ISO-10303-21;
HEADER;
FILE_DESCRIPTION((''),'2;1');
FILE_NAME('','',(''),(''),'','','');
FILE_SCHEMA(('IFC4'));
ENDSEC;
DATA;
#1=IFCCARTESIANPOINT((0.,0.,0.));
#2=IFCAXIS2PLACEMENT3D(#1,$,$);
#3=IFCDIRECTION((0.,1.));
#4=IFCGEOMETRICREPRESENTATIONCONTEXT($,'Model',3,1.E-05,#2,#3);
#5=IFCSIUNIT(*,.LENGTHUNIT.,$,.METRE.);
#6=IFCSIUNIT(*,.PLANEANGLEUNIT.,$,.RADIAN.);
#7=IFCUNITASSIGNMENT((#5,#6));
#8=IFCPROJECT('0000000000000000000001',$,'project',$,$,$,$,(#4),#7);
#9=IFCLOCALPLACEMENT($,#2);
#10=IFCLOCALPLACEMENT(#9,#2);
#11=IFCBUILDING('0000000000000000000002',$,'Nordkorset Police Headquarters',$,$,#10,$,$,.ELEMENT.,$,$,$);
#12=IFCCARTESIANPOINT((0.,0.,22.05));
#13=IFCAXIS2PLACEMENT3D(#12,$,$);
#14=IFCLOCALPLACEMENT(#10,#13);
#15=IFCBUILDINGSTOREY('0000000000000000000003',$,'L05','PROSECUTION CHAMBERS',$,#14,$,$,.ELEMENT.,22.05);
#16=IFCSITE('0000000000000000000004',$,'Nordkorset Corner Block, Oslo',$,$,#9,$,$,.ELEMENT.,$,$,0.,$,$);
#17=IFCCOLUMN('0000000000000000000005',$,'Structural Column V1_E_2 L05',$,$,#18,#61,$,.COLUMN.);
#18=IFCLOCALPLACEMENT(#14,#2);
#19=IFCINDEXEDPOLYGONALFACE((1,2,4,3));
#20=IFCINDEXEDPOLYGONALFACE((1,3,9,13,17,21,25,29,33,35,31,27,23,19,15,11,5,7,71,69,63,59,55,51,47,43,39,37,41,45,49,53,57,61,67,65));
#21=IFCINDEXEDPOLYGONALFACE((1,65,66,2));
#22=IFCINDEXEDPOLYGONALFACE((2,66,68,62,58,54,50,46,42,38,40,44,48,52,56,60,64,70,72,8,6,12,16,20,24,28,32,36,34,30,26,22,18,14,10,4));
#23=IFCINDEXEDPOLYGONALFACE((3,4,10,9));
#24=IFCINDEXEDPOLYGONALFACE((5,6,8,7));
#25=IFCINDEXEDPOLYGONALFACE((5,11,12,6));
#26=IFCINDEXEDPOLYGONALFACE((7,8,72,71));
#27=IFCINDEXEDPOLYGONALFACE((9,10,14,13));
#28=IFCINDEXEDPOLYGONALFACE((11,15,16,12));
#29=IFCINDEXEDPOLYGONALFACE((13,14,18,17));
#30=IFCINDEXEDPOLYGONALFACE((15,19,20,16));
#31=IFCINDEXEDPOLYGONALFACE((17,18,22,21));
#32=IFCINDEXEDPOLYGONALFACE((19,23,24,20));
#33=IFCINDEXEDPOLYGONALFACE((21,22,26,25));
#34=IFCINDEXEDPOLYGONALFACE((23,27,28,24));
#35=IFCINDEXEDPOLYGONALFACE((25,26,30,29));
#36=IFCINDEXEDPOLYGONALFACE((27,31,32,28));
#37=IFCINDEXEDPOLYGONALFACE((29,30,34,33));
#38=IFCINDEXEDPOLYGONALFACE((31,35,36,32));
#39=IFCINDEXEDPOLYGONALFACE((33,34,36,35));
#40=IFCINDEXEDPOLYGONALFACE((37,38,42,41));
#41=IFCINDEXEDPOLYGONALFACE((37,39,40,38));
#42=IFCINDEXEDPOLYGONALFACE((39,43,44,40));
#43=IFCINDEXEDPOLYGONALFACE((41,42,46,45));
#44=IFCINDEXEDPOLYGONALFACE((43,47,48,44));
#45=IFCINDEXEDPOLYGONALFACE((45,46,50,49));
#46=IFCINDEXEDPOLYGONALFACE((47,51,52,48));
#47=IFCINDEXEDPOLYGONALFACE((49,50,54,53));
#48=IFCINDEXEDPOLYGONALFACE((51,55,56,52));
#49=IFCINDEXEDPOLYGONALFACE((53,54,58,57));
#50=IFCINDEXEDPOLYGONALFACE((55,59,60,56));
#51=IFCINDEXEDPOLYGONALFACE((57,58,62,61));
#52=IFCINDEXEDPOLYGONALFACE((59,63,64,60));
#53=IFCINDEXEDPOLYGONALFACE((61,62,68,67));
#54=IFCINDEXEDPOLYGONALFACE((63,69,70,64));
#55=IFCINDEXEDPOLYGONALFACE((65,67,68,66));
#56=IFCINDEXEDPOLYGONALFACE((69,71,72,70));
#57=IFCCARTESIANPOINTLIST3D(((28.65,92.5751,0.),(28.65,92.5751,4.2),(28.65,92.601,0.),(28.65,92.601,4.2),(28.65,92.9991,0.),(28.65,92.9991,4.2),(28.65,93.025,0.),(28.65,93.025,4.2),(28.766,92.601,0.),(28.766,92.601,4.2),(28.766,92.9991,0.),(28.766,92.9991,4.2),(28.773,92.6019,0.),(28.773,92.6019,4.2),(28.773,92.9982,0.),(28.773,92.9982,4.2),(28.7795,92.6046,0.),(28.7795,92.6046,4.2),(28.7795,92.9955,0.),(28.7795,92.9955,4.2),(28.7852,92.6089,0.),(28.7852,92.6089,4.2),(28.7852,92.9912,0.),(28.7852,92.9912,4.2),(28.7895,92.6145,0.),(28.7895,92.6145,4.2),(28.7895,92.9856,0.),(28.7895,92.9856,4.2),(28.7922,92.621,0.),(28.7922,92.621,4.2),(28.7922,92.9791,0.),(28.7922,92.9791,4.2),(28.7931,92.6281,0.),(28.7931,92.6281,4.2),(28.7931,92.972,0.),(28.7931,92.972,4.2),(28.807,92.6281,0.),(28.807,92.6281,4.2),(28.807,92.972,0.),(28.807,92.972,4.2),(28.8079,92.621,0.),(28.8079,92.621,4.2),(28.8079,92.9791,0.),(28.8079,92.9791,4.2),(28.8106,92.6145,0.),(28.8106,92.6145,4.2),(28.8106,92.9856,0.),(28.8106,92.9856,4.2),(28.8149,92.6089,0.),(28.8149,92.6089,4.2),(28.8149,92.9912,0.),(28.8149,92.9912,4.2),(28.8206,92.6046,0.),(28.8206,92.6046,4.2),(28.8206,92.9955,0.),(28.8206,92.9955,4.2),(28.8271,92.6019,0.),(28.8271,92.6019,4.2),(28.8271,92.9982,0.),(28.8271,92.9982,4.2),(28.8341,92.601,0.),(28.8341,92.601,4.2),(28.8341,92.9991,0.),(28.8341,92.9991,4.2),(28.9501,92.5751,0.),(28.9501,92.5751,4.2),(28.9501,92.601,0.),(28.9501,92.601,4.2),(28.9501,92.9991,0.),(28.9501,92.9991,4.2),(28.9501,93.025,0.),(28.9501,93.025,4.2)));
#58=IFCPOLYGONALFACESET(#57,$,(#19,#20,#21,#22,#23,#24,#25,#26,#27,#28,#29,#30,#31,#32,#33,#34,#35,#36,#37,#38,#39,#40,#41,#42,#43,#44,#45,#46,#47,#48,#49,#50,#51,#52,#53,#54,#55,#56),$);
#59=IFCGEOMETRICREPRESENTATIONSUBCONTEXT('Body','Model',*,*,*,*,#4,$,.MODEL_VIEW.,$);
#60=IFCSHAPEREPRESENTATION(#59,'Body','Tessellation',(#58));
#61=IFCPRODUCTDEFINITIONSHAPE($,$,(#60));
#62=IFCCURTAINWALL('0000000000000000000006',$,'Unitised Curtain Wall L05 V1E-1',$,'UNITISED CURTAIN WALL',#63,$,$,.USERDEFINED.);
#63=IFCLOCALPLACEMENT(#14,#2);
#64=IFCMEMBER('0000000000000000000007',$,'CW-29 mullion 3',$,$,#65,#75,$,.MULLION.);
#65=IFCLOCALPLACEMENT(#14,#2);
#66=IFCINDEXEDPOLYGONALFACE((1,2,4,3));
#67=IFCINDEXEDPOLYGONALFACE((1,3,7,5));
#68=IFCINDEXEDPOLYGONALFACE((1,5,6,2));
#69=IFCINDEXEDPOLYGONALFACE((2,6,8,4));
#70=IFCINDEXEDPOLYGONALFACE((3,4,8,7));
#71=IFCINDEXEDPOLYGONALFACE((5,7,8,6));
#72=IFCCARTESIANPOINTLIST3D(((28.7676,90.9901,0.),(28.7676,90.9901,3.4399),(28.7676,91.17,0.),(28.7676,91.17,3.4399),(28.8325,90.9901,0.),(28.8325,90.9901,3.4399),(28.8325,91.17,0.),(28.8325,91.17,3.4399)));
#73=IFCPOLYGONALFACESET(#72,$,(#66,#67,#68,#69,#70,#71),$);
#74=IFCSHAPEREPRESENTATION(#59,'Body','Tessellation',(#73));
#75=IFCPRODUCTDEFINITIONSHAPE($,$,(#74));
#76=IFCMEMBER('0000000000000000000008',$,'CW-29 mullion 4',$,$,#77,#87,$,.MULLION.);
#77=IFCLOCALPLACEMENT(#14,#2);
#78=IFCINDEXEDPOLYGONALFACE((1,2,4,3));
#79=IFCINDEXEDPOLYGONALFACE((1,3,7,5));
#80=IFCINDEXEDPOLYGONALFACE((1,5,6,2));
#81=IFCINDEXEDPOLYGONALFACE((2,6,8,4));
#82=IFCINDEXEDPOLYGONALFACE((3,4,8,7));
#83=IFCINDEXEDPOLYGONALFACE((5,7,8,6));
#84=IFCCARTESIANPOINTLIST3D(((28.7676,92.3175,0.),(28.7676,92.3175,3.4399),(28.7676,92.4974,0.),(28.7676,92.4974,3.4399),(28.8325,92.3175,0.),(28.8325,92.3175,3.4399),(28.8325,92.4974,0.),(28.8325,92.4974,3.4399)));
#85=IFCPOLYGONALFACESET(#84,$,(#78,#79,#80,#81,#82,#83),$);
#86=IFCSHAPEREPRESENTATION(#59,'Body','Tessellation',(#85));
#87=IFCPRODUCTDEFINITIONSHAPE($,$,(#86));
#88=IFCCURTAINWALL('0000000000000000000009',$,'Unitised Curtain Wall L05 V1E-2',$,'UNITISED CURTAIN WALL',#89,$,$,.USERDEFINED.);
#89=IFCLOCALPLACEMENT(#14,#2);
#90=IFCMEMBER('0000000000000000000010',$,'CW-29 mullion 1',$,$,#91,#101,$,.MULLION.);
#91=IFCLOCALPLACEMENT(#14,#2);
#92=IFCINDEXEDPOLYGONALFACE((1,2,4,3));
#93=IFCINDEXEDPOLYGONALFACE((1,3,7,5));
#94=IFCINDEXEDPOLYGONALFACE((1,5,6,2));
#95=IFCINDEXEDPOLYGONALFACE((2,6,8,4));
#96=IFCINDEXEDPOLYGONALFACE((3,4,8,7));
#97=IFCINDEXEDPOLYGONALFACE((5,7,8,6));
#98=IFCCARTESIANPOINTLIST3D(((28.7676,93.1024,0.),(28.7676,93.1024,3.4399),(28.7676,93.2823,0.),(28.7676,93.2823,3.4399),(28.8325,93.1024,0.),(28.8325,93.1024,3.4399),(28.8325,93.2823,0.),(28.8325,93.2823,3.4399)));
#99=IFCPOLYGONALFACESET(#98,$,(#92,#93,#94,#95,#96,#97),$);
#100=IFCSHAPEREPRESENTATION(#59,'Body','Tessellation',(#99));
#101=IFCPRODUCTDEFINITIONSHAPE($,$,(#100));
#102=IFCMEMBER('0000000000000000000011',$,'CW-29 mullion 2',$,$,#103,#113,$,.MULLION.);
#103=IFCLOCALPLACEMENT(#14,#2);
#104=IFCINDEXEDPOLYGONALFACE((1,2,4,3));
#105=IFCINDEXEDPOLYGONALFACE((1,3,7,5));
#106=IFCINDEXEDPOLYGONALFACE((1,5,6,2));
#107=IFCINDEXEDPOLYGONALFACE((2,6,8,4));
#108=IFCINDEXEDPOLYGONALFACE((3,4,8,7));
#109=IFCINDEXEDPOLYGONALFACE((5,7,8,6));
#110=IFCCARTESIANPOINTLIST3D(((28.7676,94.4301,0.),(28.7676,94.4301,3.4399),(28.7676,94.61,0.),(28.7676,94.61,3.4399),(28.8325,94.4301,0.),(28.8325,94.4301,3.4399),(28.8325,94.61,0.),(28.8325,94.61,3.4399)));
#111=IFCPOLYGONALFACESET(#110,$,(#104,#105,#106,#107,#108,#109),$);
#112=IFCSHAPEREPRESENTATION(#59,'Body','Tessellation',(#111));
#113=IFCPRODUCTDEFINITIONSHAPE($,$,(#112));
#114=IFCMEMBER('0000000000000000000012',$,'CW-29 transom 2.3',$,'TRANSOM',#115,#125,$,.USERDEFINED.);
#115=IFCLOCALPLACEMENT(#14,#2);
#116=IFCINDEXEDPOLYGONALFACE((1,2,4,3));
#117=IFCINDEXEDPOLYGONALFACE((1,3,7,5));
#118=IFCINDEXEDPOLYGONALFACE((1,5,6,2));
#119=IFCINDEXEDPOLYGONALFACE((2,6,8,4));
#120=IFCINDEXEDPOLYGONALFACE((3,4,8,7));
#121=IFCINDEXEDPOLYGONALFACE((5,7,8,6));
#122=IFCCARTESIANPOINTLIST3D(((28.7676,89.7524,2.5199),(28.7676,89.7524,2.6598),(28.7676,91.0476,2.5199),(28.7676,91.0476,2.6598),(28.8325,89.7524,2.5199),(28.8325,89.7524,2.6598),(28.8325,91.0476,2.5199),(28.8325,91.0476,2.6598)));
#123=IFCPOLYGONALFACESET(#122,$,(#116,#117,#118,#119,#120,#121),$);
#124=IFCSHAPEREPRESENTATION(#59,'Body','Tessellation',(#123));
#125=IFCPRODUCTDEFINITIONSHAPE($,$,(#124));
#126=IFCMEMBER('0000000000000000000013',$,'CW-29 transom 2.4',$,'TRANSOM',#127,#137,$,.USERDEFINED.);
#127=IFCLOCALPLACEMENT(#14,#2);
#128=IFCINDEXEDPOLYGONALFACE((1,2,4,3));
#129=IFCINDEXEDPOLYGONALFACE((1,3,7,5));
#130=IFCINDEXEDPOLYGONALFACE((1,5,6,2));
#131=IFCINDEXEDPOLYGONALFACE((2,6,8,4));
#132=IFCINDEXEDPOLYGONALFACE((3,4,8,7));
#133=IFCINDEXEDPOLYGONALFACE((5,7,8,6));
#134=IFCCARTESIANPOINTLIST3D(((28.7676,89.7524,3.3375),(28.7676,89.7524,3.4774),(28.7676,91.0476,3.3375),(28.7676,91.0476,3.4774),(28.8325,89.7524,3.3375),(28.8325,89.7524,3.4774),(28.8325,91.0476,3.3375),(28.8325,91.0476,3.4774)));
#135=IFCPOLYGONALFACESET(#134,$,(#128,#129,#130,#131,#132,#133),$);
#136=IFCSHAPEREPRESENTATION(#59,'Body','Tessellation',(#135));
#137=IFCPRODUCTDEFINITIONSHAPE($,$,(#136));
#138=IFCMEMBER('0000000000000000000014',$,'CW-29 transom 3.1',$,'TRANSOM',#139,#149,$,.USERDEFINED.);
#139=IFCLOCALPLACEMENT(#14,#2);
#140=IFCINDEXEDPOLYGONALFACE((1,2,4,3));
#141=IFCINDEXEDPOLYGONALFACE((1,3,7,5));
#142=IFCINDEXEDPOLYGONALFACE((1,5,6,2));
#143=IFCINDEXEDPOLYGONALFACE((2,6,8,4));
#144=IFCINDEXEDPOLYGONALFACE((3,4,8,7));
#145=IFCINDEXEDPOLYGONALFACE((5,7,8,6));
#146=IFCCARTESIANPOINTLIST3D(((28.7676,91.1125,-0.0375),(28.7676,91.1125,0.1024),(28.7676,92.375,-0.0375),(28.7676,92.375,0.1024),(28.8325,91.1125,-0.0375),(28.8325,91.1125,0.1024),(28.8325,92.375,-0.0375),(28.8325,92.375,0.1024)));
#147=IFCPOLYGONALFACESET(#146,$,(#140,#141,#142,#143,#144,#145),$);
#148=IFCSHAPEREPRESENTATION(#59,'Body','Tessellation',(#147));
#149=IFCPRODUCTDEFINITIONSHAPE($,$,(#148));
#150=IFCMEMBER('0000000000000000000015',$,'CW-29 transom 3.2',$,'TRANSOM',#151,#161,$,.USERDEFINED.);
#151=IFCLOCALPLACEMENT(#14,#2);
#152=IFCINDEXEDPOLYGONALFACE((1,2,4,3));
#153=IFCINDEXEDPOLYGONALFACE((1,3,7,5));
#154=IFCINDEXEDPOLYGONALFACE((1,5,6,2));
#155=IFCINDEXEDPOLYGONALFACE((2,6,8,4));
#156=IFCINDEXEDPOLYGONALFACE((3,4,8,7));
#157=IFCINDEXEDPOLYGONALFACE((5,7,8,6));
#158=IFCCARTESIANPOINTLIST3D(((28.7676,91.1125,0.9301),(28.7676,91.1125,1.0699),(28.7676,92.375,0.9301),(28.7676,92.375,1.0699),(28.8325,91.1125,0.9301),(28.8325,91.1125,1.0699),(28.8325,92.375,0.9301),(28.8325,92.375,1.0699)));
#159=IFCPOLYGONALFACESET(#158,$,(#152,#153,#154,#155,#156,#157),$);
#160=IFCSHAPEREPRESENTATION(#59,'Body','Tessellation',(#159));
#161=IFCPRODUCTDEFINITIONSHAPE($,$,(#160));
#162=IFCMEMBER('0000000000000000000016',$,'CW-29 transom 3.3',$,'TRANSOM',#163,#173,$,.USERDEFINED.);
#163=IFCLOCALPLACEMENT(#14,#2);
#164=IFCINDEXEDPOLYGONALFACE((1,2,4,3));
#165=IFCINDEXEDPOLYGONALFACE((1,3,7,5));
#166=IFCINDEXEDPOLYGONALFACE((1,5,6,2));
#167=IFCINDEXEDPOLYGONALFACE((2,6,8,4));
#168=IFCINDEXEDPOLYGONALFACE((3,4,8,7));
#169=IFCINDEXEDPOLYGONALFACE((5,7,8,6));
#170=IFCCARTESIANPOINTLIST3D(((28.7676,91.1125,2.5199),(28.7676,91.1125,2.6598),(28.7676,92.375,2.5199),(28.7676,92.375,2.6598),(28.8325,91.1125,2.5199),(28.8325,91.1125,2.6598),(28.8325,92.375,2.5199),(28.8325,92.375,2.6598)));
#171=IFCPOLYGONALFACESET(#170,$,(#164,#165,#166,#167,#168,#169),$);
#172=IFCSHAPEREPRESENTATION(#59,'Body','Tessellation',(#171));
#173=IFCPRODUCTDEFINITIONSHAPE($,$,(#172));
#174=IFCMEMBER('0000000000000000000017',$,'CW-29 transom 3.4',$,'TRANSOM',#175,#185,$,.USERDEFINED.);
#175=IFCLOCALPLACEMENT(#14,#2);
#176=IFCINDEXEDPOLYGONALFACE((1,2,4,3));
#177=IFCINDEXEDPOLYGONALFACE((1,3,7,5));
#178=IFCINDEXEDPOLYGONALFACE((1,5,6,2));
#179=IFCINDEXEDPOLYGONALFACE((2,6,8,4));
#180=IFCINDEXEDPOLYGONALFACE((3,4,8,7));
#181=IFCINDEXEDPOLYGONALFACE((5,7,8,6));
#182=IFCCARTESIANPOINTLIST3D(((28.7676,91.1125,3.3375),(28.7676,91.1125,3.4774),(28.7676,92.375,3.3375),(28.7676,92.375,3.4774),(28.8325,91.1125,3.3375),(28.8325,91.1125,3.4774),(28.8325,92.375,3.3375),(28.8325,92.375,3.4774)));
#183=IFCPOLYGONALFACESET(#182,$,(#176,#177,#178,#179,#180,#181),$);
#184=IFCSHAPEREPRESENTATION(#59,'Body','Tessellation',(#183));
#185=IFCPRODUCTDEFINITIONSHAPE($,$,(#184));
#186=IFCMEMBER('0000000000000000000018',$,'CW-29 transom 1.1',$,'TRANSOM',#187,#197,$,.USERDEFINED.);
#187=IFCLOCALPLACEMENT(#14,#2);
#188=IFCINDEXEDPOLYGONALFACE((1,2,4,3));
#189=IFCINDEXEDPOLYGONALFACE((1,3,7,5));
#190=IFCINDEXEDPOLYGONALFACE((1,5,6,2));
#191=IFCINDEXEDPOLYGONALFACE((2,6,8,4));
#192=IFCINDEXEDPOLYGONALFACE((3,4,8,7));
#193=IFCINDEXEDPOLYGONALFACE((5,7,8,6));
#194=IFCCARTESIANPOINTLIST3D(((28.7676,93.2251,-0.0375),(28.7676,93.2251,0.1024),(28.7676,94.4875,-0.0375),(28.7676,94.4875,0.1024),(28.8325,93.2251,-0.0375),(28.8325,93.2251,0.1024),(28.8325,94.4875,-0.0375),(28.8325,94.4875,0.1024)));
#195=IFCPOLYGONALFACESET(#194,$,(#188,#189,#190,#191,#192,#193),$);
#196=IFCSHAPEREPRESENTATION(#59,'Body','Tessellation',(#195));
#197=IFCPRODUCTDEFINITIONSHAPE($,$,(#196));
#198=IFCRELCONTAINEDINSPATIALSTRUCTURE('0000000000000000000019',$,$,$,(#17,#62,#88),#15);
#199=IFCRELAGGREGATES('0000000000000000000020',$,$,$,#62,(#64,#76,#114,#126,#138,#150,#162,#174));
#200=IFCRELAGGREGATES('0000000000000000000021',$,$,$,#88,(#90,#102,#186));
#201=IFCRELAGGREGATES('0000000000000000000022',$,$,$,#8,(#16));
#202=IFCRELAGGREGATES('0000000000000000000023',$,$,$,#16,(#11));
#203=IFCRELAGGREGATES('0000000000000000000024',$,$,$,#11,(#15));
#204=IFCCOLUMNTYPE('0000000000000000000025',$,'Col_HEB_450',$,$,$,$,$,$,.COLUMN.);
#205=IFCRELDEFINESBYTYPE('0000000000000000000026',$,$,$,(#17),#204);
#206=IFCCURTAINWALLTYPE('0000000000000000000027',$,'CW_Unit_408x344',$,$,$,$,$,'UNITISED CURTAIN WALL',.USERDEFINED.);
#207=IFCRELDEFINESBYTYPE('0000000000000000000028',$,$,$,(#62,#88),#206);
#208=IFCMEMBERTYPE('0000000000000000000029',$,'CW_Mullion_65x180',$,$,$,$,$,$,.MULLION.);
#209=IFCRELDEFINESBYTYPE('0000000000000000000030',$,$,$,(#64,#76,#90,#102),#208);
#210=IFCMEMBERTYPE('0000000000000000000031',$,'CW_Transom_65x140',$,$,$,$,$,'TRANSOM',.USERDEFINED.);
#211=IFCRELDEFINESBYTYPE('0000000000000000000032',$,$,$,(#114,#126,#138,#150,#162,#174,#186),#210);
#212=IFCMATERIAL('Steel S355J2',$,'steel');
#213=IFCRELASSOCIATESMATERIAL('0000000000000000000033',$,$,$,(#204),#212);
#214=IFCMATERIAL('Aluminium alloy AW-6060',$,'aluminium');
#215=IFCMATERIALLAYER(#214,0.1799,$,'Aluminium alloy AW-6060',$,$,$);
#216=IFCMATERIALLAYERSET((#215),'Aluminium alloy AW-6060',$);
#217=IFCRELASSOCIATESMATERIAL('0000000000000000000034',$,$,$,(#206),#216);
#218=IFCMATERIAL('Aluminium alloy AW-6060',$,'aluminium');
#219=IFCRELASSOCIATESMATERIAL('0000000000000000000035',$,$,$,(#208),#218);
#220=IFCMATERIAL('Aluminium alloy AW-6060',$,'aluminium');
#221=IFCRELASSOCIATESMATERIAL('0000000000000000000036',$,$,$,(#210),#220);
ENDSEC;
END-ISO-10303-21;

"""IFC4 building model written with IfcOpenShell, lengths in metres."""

from ifc_helpers import new_model, si_unit, direction, frame, origin, origin_2d, place, context, subcontext, project, spatial, rectangle, i_section, extrude, material, layer, layer_set, material_profile, profile_set, type_object, element, aggregate, save


model = new_model("IFC4")

# Units and contexts
model_context = context("Model", 3, precision=1e-05, world=origin(), true_north=direction((0.0, 1.0)))
body_context = subcontext(model_context, "Body", "Model", "MODEL_VIEW")
ifc_project = project(units=[si_unit("LENGTHUNIT", "METRE"), si_unit("PLANEANGLEUNIT", "RADIAN")], contexts=[model_context])

# Site, building, storey
site_placement = place(None, origin())
site = spatial("IfcSite", under=ifc_project, at=site_placement, Name="Nordkorset Corner Block, Oslo", CompositionType="ELEMENT", RefElevation=0.0)
building_placement = place(site_placement, origin())
building = spatial("IfcBuilding", under=site, at=building_placement, Name="Nordkorset Police Headquarters", CompositionType="ELEMENT")
storey_placement = place(building_placement, frame((0.0, 0.0, 22.05)))
storey = spatial("IfcBuildingStorey", under=building, at=storey_placement, Name="L05", Description="PROSECUTION CHAMBERS", CompositionType="ELEMENT", Elevation=22.05)

# Column
ifc_material_1 = material(Name="Steel S355J2", Category="steel")
ifc_material_profile_1 = material_profile(ifc_material_1, i_section(OverallWidth=0.3, OverallDepth=0.45, WebThickness=0.0139, FlangeThickness=0.0259, FilletRadius=0.0271, at=origin_2d()), Name="HEB 450")
ifc_profile_set_1 = profile_set([ifc_material_profile_1], Name="Steel S355J2")
column_type = type_object("IfcColumnType", Name="Col_HEB_450", PredefinedType="COLUMN", material=ifc_profile_set_1)
column_placement = place(storey_placement, frame((28.8, 92.8, 0.0), z_axis=(0.0, 0.0, 1.0), x_axis=(1.0, 0.0, 0.0)))
element("IfcColumn", 1, at=column_placement, inside=storey, type_object=column_type, Name="Structural Column V1_E_2 L05", PredefinedType="COLUMN", context=body_context, shape_type="SweptSolid", body=[
    extrude(i_section(OverallWidth=0.3, OverallDepth=0.45, WebThickness=0.0139, FlangeThickness=0.0259, FilletRadius=0.0271, at=origin_2d()), origin(), (0.0, 0.0, 1.0), 4.2),
])

# Curtain walls, members
ifc_material_2 = material(Name="Aluminium alloy AW-6060", Category="aluminium")
ifc_layer_1 = layer(ifc_material_2, 0.1799, Name="Aluminium alloy AW-6060")
ifc_layer_set_1 = layer_set([ifc_layer_1], Name="Aluminium alloy AW-6060")
curtain_wall_type = type_object("IfcCurtainWallType", Name="CW_Unit_408x344", ElementType="UNITISED CURTAIN WALL", PredefinedType="USERDEFINED", material=ifc_layer_set_1)
curtain_wall_1_placement = place(storey_placement, origin())
curtain_wall_1 = element("IfcCurtainWall", 2, at=curtain_wall_1_placement, inside=storey, type_object=curtain_wall_type, Name="Unitised Curtain Wall L05 V1E-1", ObjectType="UNITISED CURTAIN WALL", PredefinedType="USERDEFINED")
ifc_material_3 = material(Name="Aluminium alloy AW-6060", Category="aluminium")
ifc_material_profile_2 = material_profile(ifc_material_3, rectangle(XDim=0.0649, YDim=0.1799, at=origin_2d()), Name="ALU MULL 65x180")
ifc_profile_set_2 = profile_set([ifc_material_profile_2], Name="Aluminium alloy AW-6060")
member_type_1 = type_object("IfcMemberType", Name="CW_Mullion_65x180", PredefinedType="MULLION", material=ifc_profile_set_2)
member_1_placement = place(storey_placement, frame((28.8, 91.0801, 0.0), z_axis=(0.0, 0.0, 1.0), x_axis=(-1.0, 0.0, 0.0)))
member_1 = element("IfcMember", 3, at=member_1_placement, type_object=member_type_1, Name="CW-29 mullion 3", PredefinedType="MULLION", context=body_context, shape_type="SweptSolid", body=[
    extrude(rectangle(XDim=0.0649, YDim=0.1799, at=origin_2d()), origin(), (0.0, 0.0, 1.0), 3.4399),
])
member_2_placement = place(storey_placement, frame((28.8, 92.4075, 0.0), z_axis=(0.0, 0.0, 1.0), x_axis=(-1.0, 0.0, 0.0)))
member_2 = element("IfcMember", 4, at=member_2_placement, type_object=member_type_1, Name="CW-29 mullion 4", PredefinedType="MULLION", context=body_context, shape_type="SweptSolid", body=[
    extrude(rectangle(XDim=0.0649, YDim=0.1799, at=origin_2d()), origin(), (0.0, 0.0, 1.0), 3.4399),
])
curtain_wall_2_placement = place(storey_placement, origin())
curtain_wall_2 = element("IfcCurtainWall", 5, at=curtain_wall_2_placement, inside=storey, type_object=curtain_wall_type, Name="Unitised Curtain Wall L05 V1E-2", ObjectType="UNITISED CURTAIN WALL", PredefinedType="USERDEFINED")
member_3_placement = place(storey_placement, frame((28.8, 93.1924, 0.0), z_axis=(0.0, 0.0, 1.0), x_axis=(-1.0, 0.0, 0.0)))
member_3 = element("IfcMember", 6, at=member_3_placement, type_object=member_type_1, Name="CW-29 mullion 1", PredefinedType="MULLION", context=body_context, shape_type="SweptSolid", body=[
    extrude(rectangle(XDim=0.0649, YDim=0.1799, at=origin_2d()), origin(), (0.0, 0.0, 1.0), 3.4399),
])
member_4_placement = place(storey_placement, frame((28.8, 94.52, 0.0), z_axis=(0.0, 0.0, 1.0), x_axis=(-1.0, 0.0, 0.0)))
member_4 = element("IfcMember", 7, at=member_4_placement, type_object=member_type_1, Name="CW-29 mullion 2", PredefinedType="MULLION", context=body_context, shape_type="SweptSolid", body=[
    extrude(rectangle(XDim=0.0649, YDim=0.1799, at=origin_2d()), origin(), (0.0, 0.0, 1.0), 3.4399),
])

# Members
ifc_material_4 = material(Name="Aluminium alloy AW-6060", Category="aluminium")
ifc_material_profile_3 = material_profile(ifc_material_4, rectangle(XDim=0.0649, YDim=0.1399, at=origin_2d()), Name="ALU TRAN 65x140")
ifc_profile_set_3 = profile_set([ifc_material_profile_3], Name="Aluminium alloy AW-6060")
member_type_2 = type_object("IfcMemberType", Name="CW_Transom_65x140", ElementType="TRANSOM", PredefinedType="USERDEFINED", material=ifc_profile_set_3)
member_5_placement = place(storey_placement, frame((28.8, 89.7524, 2.5898), z_axis=(0.0, 1.0, 0.0), x_axis=(-1.0, 0.0, 0.0)))
member_5 = element("IfcMember", 8, at=member_5_placement, type_object=member_type_2, Name="CW-29 transom 2.3", ObjectType="TRANSOM", PredefinedType="USERDEFINED", context=body_context, shape_type="SweptSolid", body=[
    extrude(rectangle(XDim=0.0649, YDim=0.1399, at=origin_2d()), origin(), (0.0, 0.0, 1.0), 1.2952),
])
member_6_placement = place(storey_placement, frame((28.8, 89.7524, 3.4075), z_axis=(0.0, 1.0, 0.0), x_axis=(-1.0, 0.0, 0.0)))
member_6 = element("IfcMember", 9, at=member_6_placement, type_object=member_type_2, Name="CW-29 transom 2.4", ObjectType="TRANSOM", PredefinedType="USERDEFINED", context=body_context, shape_type="SweptSolid", body=[
    extrude(rectangle(XDim=0.0649, YDim=0.1399, at=origin_2d()), origin(), (0.0, 0.0, 1.0), 1.2952),
])
member_7_placement = place(storey_placement, frame((28.8, 91.1125, 0.0325), z_axis=(0.0, 1.0, 0.0), x_axis=(-1.0, 0.0, 0.0)))
member_7 = element("IfcMember", 10, at=member_7_placement, type_object=member_type_2, Name="CW-29 transom 3.1", ObjectType="TRANSOM", PredefinedType="USERDEFINED", context=body_context, shape_type="SweptSolid", body=[
    extrude(rectangle(XDim=0.0649, YDim=0.1399, at=origin_2d()), origin(), (0.0, 0.0, 1.0), 1.2625),
])
member_8_placement = place(storey_placement, frame((28.8, 91.1125, 1.0), z_axis=(0.0, 1.0, 0.0), x_axis=(-1.0, 0.0, 0.0)))
member_8 = element("IfcMember", 11, at=member_8_placement, type_object=member_type_2, Name="CW-29 transom 3.2", ObjectType="TRANSOM", PredefinedType="USERDEFINED", context=body_context, shape_type="SweptSolid", body=[
    extrude(rectangle(XDim=0.0649, YDim=0.1399, at=origin_2d()), origin(), (0.0, 0.0, 1.0), 1.2625),
])
member_9_placement = place(storey_placement, frame((28.8, 91.1125, 2.5898), z_axis=(0.0, 1.0, 0.0), x_axis=(-1.0, 0.0, 0.0)))
member_9 = element("IfcMember", 12, at=member_9_placement, type_object=member_type_2, Name="CW-29 transom 3.3", ObjectType="TRANSOM", PredefinedType="USERDEFINED", context=body_context, shape_type="SweptSolid", body=[
    extrude(rectangle(XDim=0.0649, YDim=0.1399, at=origin_2d()), origin(), (0.0, 0.0, 1.0), 1.2625),
])
member_10_placement = place(storey_placement, frame((28.8, 91.1125, 3.4075), z_axis=(0.0, 1.0, 0.0), x_axis=(-1.0, 0.0, 0.0)))
member_10 = element("IfcMember", 13, at=member_10_placement, type_object=member_type_2, Name="CW-29 transom 3.4", ObjectType="TRANSOM", PredefinedType="USERDEFINED", context=body_context, shape_type="SweptSolid", body=[
    extrude(rectangle(XDim=0.0649, YDim=0.1399, at=origin_2d()), origin(), (0.0, 0.0, 1.0), 1.2625),
])
member_11_placement = place(storey_placement, frame((28.8, 93.2251, 0.0325), z_axis=(0.0, 1.0, 0.0), x_axis=(-1.0, 0.0, 0.0)))
member_11 = element("IfcMember", 14, at=member_11_placement, type_object=member_type_2, Name="CW-29 transom 1.1", ObjectType="TRANSOM", PredefinedType="USERDEFINED", context=body_context, shape_type="SweptSolid", body=[
    extrude(rectangle(XDim=0.0649, YDim=0.1399, at=origin_2d()), origin(), (0.0, 0.0, 1.0), 1.2625),
])

aggregate(curtain_wall_1, [member_1, member_2, member_5, member_6, member_7, member_8, member_9, member_10])
aggregate(curtain_wall_2, [member_3, member_4, member_11])

save(model, "model.ifc")
